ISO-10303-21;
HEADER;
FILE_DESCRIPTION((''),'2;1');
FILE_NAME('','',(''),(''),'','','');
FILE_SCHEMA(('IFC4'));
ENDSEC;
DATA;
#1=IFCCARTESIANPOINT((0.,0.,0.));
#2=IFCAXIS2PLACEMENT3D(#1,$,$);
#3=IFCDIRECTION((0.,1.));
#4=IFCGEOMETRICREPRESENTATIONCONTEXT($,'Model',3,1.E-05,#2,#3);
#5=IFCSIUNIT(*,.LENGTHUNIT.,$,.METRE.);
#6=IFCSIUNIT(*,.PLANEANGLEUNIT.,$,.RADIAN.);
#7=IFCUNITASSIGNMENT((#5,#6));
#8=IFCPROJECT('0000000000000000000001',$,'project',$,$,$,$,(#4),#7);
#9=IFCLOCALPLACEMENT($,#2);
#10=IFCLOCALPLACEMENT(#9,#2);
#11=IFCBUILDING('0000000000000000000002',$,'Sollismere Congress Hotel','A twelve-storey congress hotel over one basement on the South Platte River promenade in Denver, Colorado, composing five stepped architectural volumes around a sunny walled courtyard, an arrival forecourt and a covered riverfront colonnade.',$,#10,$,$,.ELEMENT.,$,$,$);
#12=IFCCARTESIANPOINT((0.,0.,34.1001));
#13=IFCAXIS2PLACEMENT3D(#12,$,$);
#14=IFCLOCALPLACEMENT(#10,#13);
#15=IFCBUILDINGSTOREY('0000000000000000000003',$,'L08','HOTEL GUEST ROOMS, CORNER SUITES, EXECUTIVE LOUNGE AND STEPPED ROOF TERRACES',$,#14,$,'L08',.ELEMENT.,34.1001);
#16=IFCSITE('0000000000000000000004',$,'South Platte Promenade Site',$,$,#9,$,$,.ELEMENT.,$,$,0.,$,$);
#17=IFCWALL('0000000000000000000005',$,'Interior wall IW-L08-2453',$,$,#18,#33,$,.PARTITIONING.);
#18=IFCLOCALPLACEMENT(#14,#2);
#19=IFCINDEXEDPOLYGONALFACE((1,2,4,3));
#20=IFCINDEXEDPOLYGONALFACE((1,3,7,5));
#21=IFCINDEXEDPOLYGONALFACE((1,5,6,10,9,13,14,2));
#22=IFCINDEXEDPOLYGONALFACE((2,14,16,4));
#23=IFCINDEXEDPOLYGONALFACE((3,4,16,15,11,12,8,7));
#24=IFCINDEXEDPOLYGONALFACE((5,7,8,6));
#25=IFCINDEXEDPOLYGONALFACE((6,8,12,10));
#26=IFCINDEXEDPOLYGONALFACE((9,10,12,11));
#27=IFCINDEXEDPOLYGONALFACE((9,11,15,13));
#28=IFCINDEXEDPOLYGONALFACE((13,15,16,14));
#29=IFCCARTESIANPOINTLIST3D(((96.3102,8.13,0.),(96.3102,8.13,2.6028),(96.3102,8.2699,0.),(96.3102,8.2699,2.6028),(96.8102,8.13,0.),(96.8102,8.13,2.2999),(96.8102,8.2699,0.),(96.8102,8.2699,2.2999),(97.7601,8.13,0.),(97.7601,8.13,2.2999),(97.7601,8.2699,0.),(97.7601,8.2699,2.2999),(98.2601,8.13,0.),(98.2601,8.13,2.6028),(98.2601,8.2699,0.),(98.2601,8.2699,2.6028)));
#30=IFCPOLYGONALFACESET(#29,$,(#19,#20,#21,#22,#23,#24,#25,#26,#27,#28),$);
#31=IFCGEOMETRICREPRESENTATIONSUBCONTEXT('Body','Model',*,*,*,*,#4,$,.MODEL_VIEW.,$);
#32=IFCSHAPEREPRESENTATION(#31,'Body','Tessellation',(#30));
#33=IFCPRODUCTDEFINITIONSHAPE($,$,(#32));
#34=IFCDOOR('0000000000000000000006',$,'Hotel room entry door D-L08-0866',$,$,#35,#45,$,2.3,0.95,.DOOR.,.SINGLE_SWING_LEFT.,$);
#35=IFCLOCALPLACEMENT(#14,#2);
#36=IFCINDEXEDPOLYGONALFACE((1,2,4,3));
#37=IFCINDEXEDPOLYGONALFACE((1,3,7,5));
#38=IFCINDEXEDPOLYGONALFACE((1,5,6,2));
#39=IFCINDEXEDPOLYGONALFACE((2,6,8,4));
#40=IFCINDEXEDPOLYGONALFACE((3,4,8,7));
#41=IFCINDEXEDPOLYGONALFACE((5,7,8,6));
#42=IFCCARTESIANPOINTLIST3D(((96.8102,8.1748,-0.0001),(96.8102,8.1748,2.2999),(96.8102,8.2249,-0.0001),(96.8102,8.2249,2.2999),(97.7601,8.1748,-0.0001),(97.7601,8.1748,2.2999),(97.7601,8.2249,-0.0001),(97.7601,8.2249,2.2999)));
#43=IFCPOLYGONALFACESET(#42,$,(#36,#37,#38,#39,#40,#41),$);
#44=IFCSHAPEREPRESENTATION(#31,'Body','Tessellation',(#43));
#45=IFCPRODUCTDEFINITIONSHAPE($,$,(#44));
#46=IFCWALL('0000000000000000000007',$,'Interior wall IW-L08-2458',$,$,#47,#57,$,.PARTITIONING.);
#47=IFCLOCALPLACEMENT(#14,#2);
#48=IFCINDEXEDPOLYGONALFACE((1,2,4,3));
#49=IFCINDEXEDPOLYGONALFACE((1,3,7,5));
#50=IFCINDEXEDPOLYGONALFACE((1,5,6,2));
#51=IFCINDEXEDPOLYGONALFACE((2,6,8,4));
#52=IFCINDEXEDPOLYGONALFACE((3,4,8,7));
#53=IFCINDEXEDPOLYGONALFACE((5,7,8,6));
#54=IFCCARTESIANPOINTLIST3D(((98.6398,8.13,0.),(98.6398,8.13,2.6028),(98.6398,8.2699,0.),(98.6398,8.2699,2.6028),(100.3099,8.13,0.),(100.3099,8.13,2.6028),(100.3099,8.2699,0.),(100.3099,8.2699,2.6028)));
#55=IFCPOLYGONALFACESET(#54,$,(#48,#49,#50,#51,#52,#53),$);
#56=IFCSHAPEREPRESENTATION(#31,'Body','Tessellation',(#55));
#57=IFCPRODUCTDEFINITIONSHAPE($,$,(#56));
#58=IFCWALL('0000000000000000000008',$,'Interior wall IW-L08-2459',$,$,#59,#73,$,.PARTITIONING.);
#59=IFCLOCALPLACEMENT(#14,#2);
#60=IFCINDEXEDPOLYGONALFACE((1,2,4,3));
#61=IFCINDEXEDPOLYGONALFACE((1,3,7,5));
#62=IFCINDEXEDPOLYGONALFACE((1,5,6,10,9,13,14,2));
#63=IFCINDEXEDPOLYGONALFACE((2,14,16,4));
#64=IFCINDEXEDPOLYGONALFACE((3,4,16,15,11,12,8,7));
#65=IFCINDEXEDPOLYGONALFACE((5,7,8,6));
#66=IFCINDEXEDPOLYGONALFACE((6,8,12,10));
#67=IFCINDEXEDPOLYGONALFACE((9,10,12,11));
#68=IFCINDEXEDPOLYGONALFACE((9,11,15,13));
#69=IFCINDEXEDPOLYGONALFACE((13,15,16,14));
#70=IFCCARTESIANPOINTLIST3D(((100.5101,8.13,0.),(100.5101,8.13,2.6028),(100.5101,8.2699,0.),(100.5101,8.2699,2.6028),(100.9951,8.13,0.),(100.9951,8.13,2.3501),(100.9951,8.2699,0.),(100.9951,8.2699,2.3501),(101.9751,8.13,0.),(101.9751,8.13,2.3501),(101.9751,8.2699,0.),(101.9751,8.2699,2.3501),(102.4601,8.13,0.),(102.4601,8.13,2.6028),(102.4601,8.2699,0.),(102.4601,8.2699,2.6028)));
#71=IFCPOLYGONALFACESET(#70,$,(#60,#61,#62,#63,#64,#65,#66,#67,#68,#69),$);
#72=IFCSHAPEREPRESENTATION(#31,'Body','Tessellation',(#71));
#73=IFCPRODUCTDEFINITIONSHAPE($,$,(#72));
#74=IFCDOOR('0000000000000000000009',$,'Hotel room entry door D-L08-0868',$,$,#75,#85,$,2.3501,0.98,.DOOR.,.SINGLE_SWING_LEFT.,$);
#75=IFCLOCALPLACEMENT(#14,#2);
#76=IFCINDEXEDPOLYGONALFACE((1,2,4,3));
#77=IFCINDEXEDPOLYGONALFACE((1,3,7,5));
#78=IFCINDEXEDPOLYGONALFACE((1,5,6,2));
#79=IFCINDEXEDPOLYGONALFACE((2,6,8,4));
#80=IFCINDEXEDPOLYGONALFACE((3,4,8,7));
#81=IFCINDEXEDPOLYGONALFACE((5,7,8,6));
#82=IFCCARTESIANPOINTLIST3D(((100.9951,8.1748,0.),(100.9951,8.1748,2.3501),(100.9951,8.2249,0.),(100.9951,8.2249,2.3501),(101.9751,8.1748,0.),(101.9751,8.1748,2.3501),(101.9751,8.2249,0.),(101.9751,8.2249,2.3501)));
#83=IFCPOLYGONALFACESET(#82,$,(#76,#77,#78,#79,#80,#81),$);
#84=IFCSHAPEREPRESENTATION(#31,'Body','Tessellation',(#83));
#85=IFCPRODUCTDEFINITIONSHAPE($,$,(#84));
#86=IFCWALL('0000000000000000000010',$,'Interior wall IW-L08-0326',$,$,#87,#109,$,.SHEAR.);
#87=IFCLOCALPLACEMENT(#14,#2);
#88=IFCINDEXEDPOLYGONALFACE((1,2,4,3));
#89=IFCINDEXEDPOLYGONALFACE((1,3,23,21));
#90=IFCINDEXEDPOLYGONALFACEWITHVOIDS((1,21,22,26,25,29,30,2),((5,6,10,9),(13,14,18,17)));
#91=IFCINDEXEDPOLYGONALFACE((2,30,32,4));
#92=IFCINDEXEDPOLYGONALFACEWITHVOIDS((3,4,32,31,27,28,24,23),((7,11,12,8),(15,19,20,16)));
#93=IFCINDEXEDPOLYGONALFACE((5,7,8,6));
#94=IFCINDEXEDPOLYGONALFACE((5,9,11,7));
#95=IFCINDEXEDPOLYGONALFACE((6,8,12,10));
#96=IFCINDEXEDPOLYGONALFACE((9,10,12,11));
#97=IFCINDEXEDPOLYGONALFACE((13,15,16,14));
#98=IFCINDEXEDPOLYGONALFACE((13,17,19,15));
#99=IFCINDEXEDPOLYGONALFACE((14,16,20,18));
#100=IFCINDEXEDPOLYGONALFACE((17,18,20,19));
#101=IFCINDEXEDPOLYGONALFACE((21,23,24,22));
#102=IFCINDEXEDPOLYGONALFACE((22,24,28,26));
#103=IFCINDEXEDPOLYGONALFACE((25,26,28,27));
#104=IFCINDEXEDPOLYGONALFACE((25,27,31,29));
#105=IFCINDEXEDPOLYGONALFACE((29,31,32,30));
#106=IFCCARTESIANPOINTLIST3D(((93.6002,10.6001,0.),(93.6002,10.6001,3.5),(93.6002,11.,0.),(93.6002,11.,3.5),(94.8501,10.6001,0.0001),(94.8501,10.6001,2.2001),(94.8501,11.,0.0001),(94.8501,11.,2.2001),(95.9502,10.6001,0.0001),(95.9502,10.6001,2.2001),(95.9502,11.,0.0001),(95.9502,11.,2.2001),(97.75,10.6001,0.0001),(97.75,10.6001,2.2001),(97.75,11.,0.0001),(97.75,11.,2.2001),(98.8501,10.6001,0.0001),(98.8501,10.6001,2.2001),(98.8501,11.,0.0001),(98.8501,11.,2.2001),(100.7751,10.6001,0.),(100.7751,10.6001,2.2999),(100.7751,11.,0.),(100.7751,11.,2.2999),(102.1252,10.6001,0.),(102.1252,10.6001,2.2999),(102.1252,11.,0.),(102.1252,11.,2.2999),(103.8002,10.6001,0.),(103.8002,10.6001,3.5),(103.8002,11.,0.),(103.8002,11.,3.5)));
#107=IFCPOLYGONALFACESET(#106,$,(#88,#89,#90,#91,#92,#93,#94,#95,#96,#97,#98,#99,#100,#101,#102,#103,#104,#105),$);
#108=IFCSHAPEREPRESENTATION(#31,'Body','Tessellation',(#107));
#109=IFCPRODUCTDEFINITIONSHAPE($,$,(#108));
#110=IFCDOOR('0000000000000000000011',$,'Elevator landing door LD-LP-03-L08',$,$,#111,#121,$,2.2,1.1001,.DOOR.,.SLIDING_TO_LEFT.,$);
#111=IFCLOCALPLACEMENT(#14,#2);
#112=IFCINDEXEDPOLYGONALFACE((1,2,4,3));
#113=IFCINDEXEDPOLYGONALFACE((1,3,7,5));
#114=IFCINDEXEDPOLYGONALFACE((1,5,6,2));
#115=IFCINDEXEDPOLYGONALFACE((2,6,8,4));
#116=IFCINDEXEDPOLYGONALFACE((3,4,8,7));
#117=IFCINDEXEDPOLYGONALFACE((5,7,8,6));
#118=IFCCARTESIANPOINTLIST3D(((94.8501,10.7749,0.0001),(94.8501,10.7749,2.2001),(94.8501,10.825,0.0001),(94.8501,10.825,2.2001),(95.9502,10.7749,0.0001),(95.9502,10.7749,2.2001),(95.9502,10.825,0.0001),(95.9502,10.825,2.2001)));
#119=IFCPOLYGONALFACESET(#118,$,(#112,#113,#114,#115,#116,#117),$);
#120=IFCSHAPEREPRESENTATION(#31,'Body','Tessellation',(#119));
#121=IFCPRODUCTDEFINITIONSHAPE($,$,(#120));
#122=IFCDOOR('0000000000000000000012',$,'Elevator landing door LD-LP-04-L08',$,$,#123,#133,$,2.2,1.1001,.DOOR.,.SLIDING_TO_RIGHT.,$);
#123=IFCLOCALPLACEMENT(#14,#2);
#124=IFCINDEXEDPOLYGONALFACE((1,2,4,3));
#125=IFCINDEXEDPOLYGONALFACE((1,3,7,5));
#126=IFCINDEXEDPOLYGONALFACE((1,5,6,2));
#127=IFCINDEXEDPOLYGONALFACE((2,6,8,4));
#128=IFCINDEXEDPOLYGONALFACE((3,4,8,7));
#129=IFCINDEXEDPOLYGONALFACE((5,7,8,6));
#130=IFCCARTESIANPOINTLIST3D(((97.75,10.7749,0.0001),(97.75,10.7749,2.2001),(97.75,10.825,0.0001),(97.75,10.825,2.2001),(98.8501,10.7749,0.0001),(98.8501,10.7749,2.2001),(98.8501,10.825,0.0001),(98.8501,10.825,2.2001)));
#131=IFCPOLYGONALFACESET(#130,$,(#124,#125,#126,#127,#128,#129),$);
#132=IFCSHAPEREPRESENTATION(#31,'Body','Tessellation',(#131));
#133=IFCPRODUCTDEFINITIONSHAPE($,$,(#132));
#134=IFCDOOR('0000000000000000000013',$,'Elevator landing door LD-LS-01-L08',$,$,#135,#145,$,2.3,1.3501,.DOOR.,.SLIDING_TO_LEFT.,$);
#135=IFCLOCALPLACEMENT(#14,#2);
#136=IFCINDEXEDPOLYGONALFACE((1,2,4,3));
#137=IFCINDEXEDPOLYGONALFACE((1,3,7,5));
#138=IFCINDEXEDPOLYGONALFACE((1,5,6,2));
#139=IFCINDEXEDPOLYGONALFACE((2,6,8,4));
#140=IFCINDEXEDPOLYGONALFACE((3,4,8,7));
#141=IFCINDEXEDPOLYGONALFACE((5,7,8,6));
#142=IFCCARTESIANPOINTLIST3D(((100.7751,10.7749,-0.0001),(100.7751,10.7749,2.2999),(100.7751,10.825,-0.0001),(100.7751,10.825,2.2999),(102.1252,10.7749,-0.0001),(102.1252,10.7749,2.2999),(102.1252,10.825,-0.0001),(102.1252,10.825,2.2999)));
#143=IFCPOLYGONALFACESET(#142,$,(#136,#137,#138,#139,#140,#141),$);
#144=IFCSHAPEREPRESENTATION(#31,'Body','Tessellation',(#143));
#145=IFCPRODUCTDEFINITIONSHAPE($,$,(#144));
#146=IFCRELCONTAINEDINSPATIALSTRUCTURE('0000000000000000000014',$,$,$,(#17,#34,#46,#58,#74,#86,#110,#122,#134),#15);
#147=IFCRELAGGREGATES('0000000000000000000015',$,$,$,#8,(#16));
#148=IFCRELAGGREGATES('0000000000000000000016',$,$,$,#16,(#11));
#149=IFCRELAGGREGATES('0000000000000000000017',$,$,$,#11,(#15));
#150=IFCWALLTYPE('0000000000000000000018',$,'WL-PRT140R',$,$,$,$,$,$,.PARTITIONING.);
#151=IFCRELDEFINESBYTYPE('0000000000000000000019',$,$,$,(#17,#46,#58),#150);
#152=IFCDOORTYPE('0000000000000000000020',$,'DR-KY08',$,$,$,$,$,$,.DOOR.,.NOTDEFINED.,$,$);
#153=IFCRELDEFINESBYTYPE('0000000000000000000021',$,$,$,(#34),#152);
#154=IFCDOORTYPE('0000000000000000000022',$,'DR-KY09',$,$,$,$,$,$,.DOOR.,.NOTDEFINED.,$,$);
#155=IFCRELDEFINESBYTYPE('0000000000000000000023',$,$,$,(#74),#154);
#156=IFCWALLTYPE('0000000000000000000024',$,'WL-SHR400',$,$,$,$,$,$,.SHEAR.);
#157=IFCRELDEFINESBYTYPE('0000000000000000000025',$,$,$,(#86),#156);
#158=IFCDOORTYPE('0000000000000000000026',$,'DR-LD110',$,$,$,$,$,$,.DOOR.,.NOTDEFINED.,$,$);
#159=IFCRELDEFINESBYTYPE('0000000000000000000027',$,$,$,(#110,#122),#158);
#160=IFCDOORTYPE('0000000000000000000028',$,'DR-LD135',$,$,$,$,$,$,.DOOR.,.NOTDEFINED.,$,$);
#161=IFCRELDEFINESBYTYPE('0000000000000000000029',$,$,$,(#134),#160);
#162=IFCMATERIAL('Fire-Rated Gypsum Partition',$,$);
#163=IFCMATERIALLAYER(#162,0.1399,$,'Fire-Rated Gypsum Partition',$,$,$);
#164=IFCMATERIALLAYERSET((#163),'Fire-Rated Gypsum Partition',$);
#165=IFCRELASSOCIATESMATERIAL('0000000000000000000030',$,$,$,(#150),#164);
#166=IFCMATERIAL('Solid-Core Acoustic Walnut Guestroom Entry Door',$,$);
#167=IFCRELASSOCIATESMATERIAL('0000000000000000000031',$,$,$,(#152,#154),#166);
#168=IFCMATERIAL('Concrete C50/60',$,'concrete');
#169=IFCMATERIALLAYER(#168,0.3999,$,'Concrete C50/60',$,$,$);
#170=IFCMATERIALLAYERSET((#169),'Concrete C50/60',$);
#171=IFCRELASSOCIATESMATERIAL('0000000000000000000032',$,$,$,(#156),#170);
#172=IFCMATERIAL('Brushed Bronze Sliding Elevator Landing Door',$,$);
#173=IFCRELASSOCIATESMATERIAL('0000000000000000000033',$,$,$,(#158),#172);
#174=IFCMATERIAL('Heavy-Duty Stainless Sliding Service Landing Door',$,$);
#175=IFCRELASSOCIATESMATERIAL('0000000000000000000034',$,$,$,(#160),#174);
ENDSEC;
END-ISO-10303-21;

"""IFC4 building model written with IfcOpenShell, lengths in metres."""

from ifc_helpers import new_model, si_unit, direction, frame, frame_2d, origin, place, context, subcontext, project, spatial, rectangle, extrude, material, layer, layer_set, type_object, element, fill, save


model = new_model("IFC4")

# Units and contexts
model_context = context("Model", 3, precision=1e-05, world=origin(), true_north=direction((0.0, 1.0)))
body_context = subcontext(model_context, "Body", "Model", "MODEL_VIEW")
ifc_project = project(units=[si_unit("LENGTHUNIT", "METRE"), si_unit("PLANEANGLEUNIT", "RADIAN")], contexts=[model_context])

# Site, building, storey
site_placement = place(None, origin())
site = spatial("IfcSite", under=ifc_project, at=site_placement, Name="South Platte Promenade Site", CompositionType="ELEMENT", RefElevation=0.0)
building_placement = place(site_placement, origin())
building = spatial("IfcBuilding", under=site, at=building_placement, Name="Sollismere Congress Hotel", Description="A twelve-storey congress hotel over one basement on the South Platte River promenade in Denver, Colorado, composing five stepped architectural volumes around a sunny walled courtyard, an arrival forecourt and a covered riverfront colonnade.", CompositionType="ELEMENT")
storey_placement = place(building_placement, frame((0.0, 0.0, 34.1001)))
storey = spatial("IfcBuildingStorey", under=building, at=storey_placement, Name="L08", Description="HOTEL GUEST ROOMS, CORNER SUITES, EXECUTIVE LOUNGE AND STEPPED ROOF TERRACES", LongName="L08", CompositionType="ELEMENT", Elevation=34.1001)

# Wall, opening, door
ifc_material_1 = material(Name="Fire-Rated Gypsum Partition")
ifc_layer_1 = layer(ifc_material_1, 0.1399, Name="Fire-Rated Gypsum Partition")
ifc_layer_set_1 = layer_set([ifc_layer_1], Name="Fire-Rated Gypsum Partition")
wall_type_1 = type_object("IfcWallType", Name="WL-PRT140R", PredefinedType="PARTITIONING", material=ifc_layer_set_1)
wall_1_placement = place(storey_placement, frame((96.3101, 8.2, 0.0), z_axis=(0.0, 0.0, 1.0), x_axis=(1.0, 0.0, 0.0)))
wall_1 = element("IfcWall", 1, at=wall_1_placement, inside=storey, type_object=wall_type_1, Name="Interior wall IW-L08-2453", PredefinedType="PARTITIONING", context=body_context, shape_type="SweptSolid", body=[
    extrude(rectangle(XDim=1.95, YDim=0.1399, at=frame_2d((0.9751, 0.0))), origin(), (0.0, 0.0, 1.0), 2.6028),
])
opening_1_placement = place(wall_1_placement, frame((0.5, 0.0, 0.0)))
opening_1 = element("IfcOpeningElement", 2, at=opening_1_placement, cuts=wall_1, PredefinedType="OPENING", context=body_context, shape_type="SweptSolid", body=[
    extrude(rectangle(XDim=0.95, YDim=2.3, at=frame_2d((0.4751, 1.1499))), frame((0.0, 0.0798, 0.0), z_axis=(0.0, -1.0, 0.0), x_axis=(1.0, 0.0, 0.0)), (0.0, 0.0, 1.0), 0.1599),
])
ifc_material_2 = material(Name="Solid-Core Acoustic Walnut Guestroom Entry Door")
door_type_1 = type_object("IfcDoorType", Name="DR-KY08", OperationType="NOTDEFINED", PredefinedType="DOOR", material=ifc_material_2)
door_1_placement = place(opening_1_placement, origin())
door_1 = element("IfcDoor", 3, at=door_1_placement, inside=storey, type_object=door_type_1, Name="Hotel room entry door D-L08-0866", OperationType="SINGLE_SWING_LEFT", OverallHeight=2.3, OverallWidth=0.95, PredefinedType="DOOR", context=body_context, shape_type="SweptSolid", body=[
    extrude(rectangle(XDim=0.95, YDim=2.3, at=frame_2d((0.4751, 1.1499))), frame((0.0, 0.0249, 0.0), z_axis=(0.0, -1.0, 0.0), x_axis=(1.0, 0.0, 0.0)), (0.0, 0.0, 1.0), 0.05),
])
fill(opening_1, door_1)

# Wall
wall_2_placement = place(storey_placement, frame((98.6399, 8.2, 0.0), z_axis=(0.0, 0.0, 1.0), x_axis=(1.0, 0.0, 0.0)))
element("IfcWall", 4, at=wall_2_placement, inside=storey, type_object=wall_type_1, Name="Interior wall IW-L08-2458", PredefinedType="PARTITIONING", context=body_context, shape_type="SweptSolid", body=[
    extrude(rectangle(XDim=1.6702, YDim=0.1399, at=frame_2d((0.835, 0.0))), origin(), (0.0, 0.0, 1.0), 2.6028),
])

# Wall, opening, door
wall_3_placement = place(storey_placement, frame((100.51, 8.2, 0.0), z_axis=(0.0, 0.0, 1.0), x_axis=(1.0, 0.0, 0.0)))
wall_3 = element("IfcWall", 5, at=wall_3_placement, inside=storey, type_object=wall_type_1, Name="Interior wall IW-L08-2459", PredefinedType="PARTITIONING", context=body_context, shape_type="SweptSolid", body=[
    extrude(rectangle(XDim=1.95, YDim=0.1399, at=frame_2d((0.9751, 0.0))), origin(), (0.0, 0.0, 1.0), 2.6028),
])
opening_2_placement = place(wall_3_placement, frame((0.4851, 0.0, 0.0)))
opening_2 = element("IfcOpeningElement", 6, at=opening_2_placement, cuts=wall_3, PredefinedType="OPENING", context=body_context, shape_type="SweptSolid", body=[
    extrude(rectangle(XDim=0.98, YDim=2.3501, at=frame_2d((0.49, 1.175))), frame((0.0, 0.0798, 0.0), z_axis=(0.0, -1.0, 0.0), x_axis=(1.0, 0.0, 0.0)), (0.0, 0.0, 1.0), 0.1599),
])
door_type_2 = type_object("IfcDoorType", Name="DR-KY09", OperationType="NOTDEFINED", PredefinedType="DOOR", material=ifc_material_2)
door_2_placement = place(opening_2_placement, origin())
door_2 = element("IfcDoor", 7, at=door_2_placement, inside=storey, type_object=door_type_2, Name="Hotel room entry door D-L08-0868", OperationType="SINGLE_SWING_LEFT", OverallHeight=2.3501, OverallWidth=0.98, PredefinedType="DOOR", context=body_context, shape_type="SweptSolid", body=[
    extrude(rectangle(XDim=0.98, YDim=2.3501, at=frame_2d((0.49, 1.175))), frame((0.0, 0.0249, 0.0), z_axis=(0.0, -1.0, 0.0), x_axis=(1.0, 0.0, 0.0)), (0.0, 0.0, 1.0), 0.05),
])
fill(opening_2, door_2)

# Wall, openings, doors
ifc_material_3 = material(Name="Concrete C50/60", Category="concrete")
ifc_layer_2 = layer(ifc_material_3, 0.3999, Name="Concrete C50/60")
ifc_layer_set_2 = layer_set([ifc_layer_2], Name="Concrete C50/60")
wall_type_2 = type_object("IfcWallType", Name="WL-SHR400", PredefinedType="SHEAR", material=ifc_layer_set_2)
wall_4_placement = place(storey_placement, frame((93.6001, 10.8, 0.0), z_axis=(0.0, 0.0, 1.0), x_axis=(1.0, 0.0, 0.0)))
wall_4 = element("IfcWall", 8, at=wall_4_placement, inside=storey, type_object=wall_type_2, Name="Interior wall IW-L08-0326", PredefinedType="SHEAR", context=body_context, shape_type="SweptSolid", body=[
    extrude(rectangle(XDim=10.2, YDim=0.3999, at=frame_2d((5.1001, 0.0))), origin(), (0.0, 0.0, 1.0), 3.5),
])
opening_3_placement = place(wall_4_placement, frame((1.25, 0.0, 0.0)))
opening_3 = element("IfcOpeningElement", 9, at=opening_3_placement, cuts=wall_4, PredefinedType="OPENING", context=body_context, shape_type="SweptSolid", body=[
    extrude(rectangle(XDim=1.1001, YDim=2.2, at=frame_2d((0.55, 1.1001))), frame((0.0, 0.21, 0.0), z_axis=(0.0, -1.0, 0.0), x_axis=(1.0, 0.0, 0.0)), (0.0, 0.0, 1.0), 0.4199),
])
opening_4_placement = place(wall_4_placement, frame((4.1499, 0.0, 0.0)))
opening_4 = element("IfcOpeningElement", 10, at=opening_4_placement, cuts=wall_4, PredefinedType="OPENING", context=body_context, shape_type="SweptSolid", body=[
    extrude(rectangle(XDim=1.1001, YDim=2.2, at=frame_2d((0.55, 1.1001))), frame((0.0, 0.21, 0.0), z_axis=(0.0, -1.0, 0.0), x_axis=(1.0, 0.0, 0.0)), (0.0, 0.0, 1.0), 0.4199),
])
opening_5_placement = place(wall_4_placement, frame((7.175, 0.0, 0.0)))
opening_5 = element("IfcOpeningElement", 11, at=opening_5_placement, cuts=wall_4, PredefinedType="OPENING", context=body_context, shape_type="SweptSolid", body=[
    extrude(rectangle(XDim=1.3501, YDim=2.3, at=frame_2d((0.675, 1.1499))), frame((0.0, 0.21, 0.0), z_axis=(0.0, -1.0, 0.0), x_axis=(1.0, 0.0, 0.0)), (0.0, 0.0, 1.0), 0.4199),
])
ifc_material_4 = material(Name="Brushed Bronze Sliding Elevator Landing Door")
door_type_3 = type_object("IfcDoorType", Name="DR-LD110", OperationType="NOTDEFINED", PredefinedType="DOOR", material=ifc_material_4)
door_3_placement = place(opening_3_placement, origin())
door_3 = element("IfcDoor", 12, at=door_3_placement, inside=storey, type_object=door_type_3, Name="Elevator landing door LD-LP-03-L08", OperationType="SLIDING_TO_LEFT", OverallHeight=2.2, OverallWidth=1.1001, PredefinedType="DOOR", context=body_context, shape_type="SweptSolid", body=[
    extrude(rectangle(XDim=1.1001, YDim=2.2, at=frame_2d((0.55, 1.1001))), frame((0.0, 0.0249, 0.0), z_axis=(0.0, -1.0, 0.0), x_axis=(1.0, 0.0, 0.0)), (0.0, 0.0, 1.0), 0.05),
])
fill(opening_3, door_3)
door_4_placement = place(opening_4_placement, origin())
door_4 = element("IfcDoor", 13, at=door_4_placement, inside=storey, type_object=door_type_3, Name="Elevator landing door LD-LP-04-L08", OperationType="SLIDING_TO_RIGHT", OverallHeight=2.2, OverallWidth=1.1001, PredefinedType="DOOR", context=body_context, shape_type="SweptSolid", body=[
    extrude(rectangle(XDim=1.1001, YDim=2.2, at=frame_2d((0.55, 1.1001))), frame((0.0, 0.0249, 0.0), z_axis=(0.0, -1.0, 0.0), x_axis=(1.0, 0.0, 0.0)), (0.0, 0.0, 1.0), 0.05),
])
fill(opening_4, door_4)
ifc_material_5 = material(Name="Heavy-Duty Stainless Sliding Service Landing Door")
door_type_4 = type_object("IfcDoorType", Name="DR-LD135", OperationType="NOTDEFINED", PredefinedType="DOOR", material=ifc_material_5)
door_5_placement = place(opening_5_placement, origin())
door_5 = element("IfcDoor", 14, at=door_5_placement, inside=storey, type_object=door_type_4, Name="Elevator landing door LD-LS-01-L08", OperationType="SLIDING_TO_LEFT", OverallHeight=2.3, OverallWidth=1.3501, PredefinedType="DOOR", context=body_context, shape_type="SweptSolid", body=[
    extrude(rectangle(XDim=1.3501, YDim=2.3, at=frame_2d((0.675, 1.1499))), frame((0.0, 0.0249, 0.0), z_axis=(0.0, -1.0, 0.0), x_axis=(1.0, 0.0, 0.0)), (0.0, 0.0, 1.0), 0.05),
])
fill(opening_5, door_5)

save(model, "model.ifc")
